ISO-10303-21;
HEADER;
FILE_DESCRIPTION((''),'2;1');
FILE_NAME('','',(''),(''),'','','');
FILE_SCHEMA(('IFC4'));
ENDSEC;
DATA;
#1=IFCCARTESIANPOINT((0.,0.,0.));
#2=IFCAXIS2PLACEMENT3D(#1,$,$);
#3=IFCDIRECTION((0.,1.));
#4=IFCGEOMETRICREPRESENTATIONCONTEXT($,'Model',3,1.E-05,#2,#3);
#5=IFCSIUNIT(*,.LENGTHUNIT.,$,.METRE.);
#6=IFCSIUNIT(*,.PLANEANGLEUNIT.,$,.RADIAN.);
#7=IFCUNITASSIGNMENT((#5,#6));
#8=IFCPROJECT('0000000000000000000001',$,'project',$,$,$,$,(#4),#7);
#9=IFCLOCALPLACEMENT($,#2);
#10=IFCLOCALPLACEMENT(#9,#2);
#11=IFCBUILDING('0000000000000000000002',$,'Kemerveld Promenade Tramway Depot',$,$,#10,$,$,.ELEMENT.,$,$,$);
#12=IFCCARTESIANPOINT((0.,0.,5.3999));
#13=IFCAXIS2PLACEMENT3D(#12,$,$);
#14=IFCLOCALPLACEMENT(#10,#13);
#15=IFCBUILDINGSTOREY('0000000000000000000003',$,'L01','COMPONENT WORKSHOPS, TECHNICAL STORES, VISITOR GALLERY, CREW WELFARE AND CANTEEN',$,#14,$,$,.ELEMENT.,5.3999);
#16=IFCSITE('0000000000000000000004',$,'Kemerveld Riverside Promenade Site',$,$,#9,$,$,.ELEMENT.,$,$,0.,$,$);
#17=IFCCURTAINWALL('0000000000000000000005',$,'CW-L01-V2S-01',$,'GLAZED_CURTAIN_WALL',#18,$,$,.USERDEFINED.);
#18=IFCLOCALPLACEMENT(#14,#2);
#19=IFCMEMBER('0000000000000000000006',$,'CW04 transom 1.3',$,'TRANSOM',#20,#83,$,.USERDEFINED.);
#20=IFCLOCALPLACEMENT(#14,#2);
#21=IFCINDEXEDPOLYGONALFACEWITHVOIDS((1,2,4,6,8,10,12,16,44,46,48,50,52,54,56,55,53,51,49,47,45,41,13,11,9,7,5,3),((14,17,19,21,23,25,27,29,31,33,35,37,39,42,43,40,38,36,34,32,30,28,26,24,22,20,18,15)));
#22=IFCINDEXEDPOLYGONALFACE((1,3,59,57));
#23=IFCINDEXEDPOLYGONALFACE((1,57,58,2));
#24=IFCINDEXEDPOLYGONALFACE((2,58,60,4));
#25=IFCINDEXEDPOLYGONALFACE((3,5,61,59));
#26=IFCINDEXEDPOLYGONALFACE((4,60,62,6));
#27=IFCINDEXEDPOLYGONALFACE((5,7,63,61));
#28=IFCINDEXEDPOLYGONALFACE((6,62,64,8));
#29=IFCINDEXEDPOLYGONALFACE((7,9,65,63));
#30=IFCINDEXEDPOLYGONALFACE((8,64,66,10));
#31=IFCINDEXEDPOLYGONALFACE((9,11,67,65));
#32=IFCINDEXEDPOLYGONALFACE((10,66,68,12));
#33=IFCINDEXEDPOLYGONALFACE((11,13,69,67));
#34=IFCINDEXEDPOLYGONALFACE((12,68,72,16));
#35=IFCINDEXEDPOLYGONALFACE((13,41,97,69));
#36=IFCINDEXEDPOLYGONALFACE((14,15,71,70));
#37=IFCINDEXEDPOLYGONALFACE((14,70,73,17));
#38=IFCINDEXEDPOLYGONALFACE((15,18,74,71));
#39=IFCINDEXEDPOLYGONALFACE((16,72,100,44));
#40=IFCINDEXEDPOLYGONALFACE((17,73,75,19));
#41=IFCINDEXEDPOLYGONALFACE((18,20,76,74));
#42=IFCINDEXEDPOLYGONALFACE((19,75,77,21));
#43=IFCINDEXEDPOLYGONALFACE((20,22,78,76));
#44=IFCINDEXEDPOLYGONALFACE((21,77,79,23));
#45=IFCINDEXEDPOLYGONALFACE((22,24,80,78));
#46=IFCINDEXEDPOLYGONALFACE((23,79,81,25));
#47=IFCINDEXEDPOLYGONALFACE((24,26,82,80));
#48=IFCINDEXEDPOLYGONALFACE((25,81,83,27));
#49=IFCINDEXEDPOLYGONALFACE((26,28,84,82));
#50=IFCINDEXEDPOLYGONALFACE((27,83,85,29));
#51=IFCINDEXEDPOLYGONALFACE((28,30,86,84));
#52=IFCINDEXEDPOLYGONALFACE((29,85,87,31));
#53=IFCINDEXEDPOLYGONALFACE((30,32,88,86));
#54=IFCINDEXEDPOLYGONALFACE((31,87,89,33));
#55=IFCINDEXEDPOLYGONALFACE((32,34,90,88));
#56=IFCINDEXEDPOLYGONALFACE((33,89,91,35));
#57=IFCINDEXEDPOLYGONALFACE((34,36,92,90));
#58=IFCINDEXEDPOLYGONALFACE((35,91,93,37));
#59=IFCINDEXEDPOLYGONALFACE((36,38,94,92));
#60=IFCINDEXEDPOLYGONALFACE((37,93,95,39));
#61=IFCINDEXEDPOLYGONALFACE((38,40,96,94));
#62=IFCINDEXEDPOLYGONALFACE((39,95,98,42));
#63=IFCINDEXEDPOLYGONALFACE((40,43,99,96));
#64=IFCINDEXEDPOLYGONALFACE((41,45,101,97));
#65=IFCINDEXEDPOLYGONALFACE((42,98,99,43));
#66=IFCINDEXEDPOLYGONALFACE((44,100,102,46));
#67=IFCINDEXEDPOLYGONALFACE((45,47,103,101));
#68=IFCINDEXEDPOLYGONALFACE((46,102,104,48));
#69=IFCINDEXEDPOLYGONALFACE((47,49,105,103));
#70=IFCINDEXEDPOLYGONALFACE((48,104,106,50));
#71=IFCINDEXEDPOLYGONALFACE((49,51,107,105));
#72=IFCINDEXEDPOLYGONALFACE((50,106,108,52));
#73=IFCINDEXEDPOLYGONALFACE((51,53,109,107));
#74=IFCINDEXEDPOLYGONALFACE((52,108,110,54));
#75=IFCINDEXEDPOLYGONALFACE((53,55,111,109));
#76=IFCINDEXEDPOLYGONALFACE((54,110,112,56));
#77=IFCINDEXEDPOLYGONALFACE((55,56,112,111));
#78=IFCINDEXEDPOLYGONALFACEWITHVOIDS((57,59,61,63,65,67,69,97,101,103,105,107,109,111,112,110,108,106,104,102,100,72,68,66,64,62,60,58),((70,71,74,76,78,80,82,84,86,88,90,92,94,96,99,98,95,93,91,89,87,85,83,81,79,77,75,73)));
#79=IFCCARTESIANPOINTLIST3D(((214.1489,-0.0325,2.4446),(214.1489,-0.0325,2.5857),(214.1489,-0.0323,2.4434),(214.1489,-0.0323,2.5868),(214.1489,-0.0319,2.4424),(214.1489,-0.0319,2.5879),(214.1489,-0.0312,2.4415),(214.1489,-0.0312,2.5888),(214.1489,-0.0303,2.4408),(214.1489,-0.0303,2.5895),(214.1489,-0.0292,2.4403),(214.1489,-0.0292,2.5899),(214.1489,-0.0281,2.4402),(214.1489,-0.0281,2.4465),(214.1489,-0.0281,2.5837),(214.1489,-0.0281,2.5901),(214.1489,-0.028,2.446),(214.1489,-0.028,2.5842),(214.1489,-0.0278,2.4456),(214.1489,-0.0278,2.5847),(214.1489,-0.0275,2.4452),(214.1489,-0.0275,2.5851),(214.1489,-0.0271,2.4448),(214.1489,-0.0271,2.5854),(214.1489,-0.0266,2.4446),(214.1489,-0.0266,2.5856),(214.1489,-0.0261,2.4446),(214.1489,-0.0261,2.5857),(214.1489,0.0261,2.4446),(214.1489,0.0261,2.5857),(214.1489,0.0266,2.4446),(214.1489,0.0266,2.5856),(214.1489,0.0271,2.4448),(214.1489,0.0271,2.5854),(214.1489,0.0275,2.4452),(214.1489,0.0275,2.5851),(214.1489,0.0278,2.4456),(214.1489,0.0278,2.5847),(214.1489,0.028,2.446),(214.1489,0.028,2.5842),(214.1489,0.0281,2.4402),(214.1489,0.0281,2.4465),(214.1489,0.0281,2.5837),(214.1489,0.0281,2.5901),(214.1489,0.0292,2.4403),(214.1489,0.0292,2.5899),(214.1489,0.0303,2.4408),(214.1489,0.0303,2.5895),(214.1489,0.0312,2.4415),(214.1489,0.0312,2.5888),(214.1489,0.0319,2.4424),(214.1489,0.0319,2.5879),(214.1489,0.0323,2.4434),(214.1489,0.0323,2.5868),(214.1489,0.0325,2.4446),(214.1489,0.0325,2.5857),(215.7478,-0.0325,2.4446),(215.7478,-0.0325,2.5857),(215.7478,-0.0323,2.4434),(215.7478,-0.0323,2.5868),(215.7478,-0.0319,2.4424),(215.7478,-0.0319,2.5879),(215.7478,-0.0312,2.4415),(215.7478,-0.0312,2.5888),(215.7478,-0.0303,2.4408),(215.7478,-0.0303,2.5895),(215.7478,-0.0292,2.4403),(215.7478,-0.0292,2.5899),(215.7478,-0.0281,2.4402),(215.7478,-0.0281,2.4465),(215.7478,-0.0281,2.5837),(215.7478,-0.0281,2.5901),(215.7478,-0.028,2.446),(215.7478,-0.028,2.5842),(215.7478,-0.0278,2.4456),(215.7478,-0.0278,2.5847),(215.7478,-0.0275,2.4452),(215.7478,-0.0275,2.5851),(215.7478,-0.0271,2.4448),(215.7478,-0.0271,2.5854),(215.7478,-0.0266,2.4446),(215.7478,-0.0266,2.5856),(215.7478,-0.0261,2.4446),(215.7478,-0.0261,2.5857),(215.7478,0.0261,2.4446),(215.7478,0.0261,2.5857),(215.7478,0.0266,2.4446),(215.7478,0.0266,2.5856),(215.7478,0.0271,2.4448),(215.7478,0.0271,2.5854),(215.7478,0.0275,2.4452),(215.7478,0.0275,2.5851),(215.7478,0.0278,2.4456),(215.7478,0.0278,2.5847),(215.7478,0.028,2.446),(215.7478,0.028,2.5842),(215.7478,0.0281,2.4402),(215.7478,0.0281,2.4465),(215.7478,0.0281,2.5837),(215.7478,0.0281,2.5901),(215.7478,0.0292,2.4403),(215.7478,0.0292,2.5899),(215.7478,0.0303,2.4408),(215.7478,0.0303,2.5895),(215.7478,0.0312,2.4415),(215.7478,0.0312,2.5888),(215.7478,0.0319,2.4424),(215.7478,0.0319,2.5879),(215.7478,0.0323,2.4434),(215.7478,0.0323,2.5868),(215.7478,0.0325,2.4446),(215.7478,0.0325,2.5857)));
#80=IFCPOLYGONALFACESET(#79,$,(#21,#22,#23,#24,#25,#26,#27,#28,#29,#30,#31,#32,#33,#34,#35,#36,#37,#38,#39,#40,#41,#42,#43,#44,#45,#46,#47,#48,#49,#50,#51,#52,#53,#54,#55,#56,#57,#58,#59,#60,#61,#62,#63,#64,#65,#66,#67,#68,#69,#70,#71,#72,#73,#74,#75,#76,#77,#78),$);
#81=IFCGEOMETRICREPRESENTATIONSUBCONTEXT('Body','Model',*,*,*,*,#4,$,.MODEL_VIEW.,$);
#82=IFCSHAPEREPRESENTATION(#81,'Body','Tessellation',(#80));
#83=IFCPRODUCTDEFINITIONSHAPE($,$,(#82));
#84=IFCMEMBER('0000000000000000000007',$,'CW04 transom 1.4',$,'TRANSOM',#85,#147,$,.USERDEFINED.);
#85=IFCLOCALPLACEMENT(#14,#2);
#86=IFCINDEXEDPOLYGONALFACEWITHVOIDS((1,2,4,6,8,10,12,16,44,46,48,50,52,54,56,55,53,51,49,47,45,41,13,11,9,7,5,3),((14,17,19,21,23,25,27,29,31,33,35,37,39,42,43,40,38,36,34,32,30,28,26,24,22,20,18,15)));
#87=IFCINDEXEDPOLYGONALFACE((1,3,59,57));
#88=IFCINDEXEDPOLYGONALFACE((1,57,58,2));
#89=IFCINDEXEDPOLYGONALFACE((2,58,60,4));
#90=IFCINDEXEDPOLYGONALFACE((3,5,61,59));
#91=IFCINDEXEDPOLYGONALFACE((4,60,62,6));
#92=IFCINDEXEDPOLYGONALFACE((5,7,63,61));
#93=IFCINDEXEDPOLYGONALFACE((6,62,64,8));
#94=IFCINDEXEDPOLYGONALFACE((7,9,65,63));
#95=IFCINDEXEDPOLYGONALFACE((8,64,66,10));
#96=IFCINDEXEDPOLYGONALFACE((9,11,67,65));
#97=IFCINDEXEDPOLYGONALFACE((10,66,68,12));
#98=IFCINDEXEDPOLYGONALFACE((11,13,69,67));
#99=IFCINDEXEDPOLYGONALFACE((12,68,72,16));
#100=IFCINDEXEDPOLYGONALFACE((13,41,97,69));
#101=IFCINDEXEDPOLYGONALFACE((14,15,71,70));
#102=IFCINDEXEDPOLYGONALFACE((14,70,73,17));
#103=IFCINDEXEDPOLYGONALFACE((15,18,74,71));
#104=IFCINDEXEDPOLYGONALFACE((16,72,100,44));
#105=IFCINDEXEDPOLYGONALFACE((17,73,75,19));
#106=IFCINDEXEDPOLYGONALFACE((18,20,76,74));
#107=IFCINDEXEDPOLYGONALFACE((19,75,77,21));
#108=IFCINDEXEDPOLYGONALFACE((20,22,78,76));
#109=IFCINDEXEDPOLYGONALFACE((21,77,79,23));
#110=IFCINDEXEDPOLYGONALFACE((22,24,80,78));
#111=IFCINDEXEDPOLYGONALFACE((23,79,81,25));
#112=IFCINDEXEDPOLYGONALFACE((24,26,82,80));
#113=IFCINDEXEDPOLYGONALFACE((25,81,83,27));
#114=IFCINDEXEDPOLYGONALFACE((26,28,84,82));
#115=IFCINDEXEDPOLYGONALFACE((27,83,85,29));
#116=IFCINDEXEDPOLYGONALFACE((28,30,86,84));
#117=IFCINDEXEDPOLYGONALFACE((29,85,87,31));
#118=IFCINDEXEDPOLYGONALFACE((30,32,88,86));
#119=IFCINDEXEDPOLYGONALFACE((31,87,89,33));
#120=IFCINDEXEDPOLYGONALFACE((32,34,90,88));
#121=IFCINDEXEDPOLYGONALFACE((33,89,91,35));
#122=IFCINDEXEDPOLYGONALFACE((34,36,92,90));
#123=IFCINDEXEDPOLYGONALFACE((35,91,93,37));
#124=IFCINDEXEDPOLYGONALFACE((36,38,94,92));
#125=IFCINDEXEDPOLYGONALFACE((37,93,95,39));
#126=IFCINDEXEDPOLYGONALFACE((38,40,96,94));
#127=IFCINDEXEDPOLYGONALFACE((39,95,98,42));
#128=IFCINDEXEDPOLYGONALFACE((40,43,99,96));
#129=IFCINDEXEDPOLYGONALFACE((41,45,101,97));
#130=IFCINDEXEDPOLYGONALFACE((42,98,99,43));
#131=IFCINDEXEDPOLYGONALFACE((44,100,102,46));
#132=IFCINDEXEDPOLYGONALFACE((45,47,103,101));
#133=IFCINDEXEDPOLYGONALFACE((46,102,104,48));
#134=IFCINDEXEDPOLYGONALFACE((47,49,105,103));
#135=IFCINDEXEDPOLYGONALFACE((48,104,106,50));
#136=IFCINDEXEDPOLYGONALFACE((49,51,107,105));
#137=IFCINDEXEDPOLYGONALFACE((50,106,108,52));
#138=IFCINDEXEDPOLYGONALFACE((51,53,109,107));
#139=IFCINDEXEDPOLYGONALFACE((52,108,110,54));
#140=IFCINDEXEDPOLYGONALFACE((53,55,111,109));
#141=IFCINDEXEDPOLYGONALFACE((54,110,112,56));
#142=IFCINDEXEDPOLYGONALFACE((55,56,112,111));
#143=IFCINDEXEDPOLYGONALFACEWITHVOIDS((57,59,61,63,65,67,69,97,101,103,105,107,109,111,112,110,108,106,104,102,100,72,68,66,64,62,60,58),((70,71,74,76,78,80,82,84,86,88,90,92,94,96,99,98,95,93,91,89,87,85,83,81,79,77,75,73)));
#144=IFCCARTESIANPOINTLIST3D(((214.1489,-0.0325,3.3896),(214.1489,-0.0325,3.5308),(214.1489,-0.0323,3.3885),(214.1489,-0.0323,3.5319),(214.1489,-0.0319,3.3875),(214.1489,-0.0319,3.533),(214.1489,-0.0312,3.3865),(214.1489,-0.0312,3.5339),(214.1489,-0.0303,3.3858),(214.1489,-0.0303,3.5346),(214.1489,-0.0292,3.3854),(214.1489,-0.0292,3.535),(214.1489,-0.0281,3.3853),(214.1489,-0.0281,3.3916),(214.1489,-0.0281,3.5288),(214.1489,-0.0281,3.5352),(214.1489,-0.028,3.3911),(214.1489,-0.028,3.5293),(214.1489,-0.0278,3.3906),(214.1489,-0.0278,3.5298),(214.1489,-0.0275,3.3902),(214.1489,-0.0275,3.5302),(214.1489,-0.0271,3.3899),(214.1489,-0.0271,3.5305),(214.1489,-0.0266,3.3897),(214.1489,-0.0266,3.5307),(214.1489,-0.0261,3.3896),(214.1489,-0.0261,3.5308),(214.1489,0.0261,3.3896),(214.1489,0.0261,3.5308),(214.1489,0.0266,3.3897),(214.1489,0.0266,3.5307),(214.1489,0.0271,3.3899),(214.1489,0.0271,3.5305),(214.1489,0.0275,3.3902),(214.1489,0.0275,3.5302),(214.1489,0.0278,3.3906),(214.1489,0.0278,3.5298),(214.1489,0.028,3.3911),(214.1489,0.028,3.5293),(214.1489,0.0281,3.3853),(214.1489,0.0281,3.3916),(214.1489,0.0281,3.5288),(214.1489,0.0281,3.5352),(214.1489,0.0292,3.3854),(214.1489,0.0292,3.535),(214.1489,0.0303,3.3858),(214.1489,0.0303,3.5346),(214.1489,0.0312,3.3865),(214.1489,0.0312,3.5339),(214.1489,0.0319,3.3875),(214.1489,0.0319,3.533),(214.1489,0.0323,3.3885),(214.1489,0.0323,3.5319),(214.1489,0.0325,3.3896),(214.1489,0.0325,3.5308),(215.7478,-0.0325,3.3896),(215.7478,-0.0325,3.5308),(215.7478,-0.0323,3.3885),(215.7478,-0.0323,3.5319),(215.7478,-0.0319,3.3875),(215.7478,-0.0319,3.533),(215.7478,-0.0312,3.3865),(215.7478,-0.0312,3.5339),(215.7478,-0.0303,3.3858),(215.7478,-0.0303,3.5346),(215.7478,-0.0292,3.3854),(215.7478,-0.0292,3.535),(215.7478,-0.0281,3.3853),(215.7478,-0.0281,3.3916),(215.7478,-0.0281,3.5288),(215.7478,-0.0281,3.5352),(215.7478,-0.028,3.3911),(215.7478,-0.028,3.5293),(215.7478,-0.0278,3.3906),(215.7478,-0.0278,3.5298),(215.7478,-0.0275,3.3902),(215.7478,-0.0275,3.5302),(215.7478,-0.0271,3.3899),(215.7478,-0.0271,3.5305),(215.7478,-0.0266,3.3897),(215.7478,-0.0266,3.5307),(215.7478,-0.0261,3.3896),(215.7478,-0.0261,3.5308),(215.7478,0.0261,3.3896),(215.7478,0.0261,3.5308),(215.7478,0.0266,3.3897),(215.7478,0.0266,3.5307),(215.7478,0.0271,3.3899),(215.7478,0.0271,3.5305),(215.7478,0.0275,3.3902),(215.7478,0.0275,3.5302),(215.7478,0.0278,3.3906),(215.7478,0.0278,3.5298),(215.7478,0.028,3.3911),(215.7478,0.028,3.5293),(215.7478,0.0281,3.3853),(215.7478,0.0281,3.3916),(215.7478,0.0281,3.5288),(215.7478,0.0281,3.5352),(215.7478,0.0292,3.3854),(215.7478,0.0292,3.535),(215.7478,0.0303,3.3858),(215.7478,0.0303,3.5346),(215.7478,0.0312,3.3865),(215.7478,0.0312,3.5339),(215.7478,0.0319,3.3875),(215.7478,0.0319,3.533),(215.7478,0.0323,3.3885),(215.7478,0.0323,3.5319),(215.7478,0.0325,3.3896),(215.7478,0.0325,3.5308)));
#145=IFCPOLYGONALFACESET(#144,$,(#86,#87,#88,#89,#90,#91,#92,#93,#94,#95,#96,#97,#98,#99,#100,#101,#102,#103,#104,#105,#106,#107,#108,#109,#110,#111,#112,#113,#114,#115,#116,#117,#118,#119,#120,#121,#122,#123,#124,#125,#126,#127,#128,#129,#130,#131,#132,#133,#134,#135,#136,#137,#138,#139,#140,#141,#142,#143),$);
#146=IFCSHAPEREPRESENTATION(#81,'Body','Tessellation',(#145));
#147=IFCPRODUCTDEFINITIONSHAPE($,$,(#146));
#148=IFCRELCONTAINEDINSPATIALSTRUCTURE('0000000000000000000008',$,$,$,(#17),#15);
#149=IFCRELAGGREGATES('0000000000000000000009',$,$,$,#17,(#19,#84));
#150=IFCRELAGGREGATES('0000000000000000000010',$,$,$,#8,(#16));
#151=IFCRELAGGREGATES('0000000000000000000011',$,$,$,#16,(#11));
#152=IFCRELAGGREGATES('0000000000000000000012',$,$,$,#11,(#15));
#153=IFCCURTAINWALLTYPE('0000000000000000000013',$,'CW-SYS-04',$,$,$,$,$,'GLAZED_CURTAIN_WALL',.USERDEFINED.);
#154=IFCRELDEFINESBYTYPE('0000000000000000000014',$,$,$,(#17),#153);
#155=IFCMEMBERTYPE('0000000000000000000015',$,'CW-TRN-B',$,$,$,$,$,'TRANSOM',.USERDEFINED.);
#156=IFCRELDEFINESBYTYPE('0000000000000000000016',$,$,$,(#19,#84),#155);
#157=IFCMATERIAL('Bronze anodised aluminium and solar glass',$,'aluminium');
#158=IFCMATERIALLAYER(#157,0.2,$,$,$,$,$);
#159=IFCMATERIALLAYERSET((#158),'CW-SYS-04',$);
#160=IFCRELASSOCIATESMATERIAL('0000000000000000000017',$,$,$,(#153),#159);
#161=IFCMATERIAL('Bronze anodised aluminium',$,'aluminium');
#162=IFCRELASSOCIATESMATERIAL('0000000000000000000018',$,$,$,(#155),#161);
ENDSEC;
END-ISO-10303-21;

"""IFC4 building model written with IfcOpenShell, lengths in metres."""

from ifc_helpers import new_model, si_unit, direction, frame, origin, origin_2d, place, context, subcontext, project, spatial, hollow_rectangle, extrude, material, layer, layer_set, material_profile, profile_set, type_object, element, aggregate, save


model = new_model("IFC4")

# Units and contexts
model_context = context("Model", 3, precision=1e-05, world=origin(), true_north=direction((0.0, 1.0)))
body_context = subcontext(model_context, "Body", "Model", "MODEL_VIEW")
ifc_project = project(units=[si_unit("LENGTHUNIT", "METRE"), si_unit("PLANEANGLEUNIT", "RADIAN")], contexts=[model_context])

# Site, building, storey
site_placement = place(None, origin())
site = spatial("IfcSite", under=ifc_project, at=site_placement, Name="Kemerveld Riverside Promenade Site", CompositionType="ELEMENT", RefElevation=0.0)
building_placement = place(site_placement, origin())
building = spatial("IfcBuilding", under=site, at=building_placement, Name="Kemerveld Promenade Tramway Depot", CompositionType="ELEMENT")
storey_placement = place(building_placement, frame((0.0, 0.0, 5.3999)))
storey = spatial("IfcBuildingStorey", under=building, at=storey_placement, Name="L01", Description="COMPONENT WORKSHOPS, TECHNICAL STORES, VISITOR GALLERY, CREW WELFARE AND CANTEEN", CompositionType="ELEMENT", Elevation=5.3999)

# Shared definitions
ifc_material_1 = material(Name="Bronze anodised aluminium and solar glass", Category="aluminium")
ifc_material_2 = material(Name="Bronze anodised aluminium", Category="aluminium")

# Curtain wall, members
ifc_layer_1 = layer(ifc_material_1, 0.2)
ifc_layer_set_1 = layer_set([ifc_layer_1], Name="CW-SYS-04")
curtain_wall_type_1 = type_object("IfcCurtainWallType", Name="CW-SYS-04", ElementType="GLAZED_CURTAIN_WALL", PredefinedType="USERDEFINED", material=ifc_layer_set_1)
curtain_wall_1_placement = place(storey_placement, origin())
curtain_wall_1 = element("IfcCurtainWall", 1, at=curtain_wall_1_placement, inside=storey, type_object=curtain_wall_type_1, Name="CW-L01-V2S-01", ObjectType="GLAZED_CURTAIN_WALL", PredefinedType="USERDEFINED")
ifc_material_profile_1 = material_profile(ifc_material_2, hollow_rectangle(XDim=0.0649, YDim=0.1499, WallThickness=0.0044, InnerFilletRadius=0.002, OuterFilletRadius=0.0044, at=origin_2d()), Name="CW-TRN-150x65")
ifc_profile_set_1 = profile_set([ifc_material_profile_1], Name="Bronze anodised aluminium")
member_type_1 = type_object("IfcMemberType", Name="CW-TRN-B", ElementType="TRANSOM", PredefinedType="USERDEFINED", material=ifc_profile_set_1)
member_1_placement = place(storey_placement, frame((215.7478, 0.0, 2.5151), z_axis=(-1.0, 0.0, 0.0), x_axis=(0.0, -1.0, 0.0)))
member_1 = element("IfcMember", 2, at=member_1_placement, type_object=member_type_1, Name="CW04 transom 1.3", ObjectType="TRANSOM", PredefinedType="USERDEFINED", context=body_context, shape_type="SweptSolid", body=[
    extrude(hollow_rectangle(XDim=0.0649, YDim=0.1499, WallThickness=0.0044, InnerFilletRadius=0.002, OuterFilletRadius=0.0044, at=origin_2d()), origin(), (0.0, 0.0, 1.0), 1.5989),
])
member_2_placement = place(storey_placement, frame((215.7478, 0.0, 3.4602), z_axis=(-1.0, 0.0, 0.0), x_axis=(0.0, -1.0, 0.0)))
member_2 = element("IfcMember", 3, at=member_2_placement, type_object=member_type_1, Name="CW04 transom 1.4", ObjectType="TRANSOM", PredefinedType="USERDEFINED", context=body_context, shape_type="SweptSolid", body=[
    extrude(hollow_rectangle(XDim=0.0649, YDim=0.1499, WallThickness=0.0044, InnerFilletRadius=0.002, OuterFilletRadius=0.0044, at=origin_2d()), origin(), (0.0, 0.0, 1.0), 1.5989),
])

aggregate(curtain_wall_1, [member_1, member_2])

save(model, "model.ifc")
